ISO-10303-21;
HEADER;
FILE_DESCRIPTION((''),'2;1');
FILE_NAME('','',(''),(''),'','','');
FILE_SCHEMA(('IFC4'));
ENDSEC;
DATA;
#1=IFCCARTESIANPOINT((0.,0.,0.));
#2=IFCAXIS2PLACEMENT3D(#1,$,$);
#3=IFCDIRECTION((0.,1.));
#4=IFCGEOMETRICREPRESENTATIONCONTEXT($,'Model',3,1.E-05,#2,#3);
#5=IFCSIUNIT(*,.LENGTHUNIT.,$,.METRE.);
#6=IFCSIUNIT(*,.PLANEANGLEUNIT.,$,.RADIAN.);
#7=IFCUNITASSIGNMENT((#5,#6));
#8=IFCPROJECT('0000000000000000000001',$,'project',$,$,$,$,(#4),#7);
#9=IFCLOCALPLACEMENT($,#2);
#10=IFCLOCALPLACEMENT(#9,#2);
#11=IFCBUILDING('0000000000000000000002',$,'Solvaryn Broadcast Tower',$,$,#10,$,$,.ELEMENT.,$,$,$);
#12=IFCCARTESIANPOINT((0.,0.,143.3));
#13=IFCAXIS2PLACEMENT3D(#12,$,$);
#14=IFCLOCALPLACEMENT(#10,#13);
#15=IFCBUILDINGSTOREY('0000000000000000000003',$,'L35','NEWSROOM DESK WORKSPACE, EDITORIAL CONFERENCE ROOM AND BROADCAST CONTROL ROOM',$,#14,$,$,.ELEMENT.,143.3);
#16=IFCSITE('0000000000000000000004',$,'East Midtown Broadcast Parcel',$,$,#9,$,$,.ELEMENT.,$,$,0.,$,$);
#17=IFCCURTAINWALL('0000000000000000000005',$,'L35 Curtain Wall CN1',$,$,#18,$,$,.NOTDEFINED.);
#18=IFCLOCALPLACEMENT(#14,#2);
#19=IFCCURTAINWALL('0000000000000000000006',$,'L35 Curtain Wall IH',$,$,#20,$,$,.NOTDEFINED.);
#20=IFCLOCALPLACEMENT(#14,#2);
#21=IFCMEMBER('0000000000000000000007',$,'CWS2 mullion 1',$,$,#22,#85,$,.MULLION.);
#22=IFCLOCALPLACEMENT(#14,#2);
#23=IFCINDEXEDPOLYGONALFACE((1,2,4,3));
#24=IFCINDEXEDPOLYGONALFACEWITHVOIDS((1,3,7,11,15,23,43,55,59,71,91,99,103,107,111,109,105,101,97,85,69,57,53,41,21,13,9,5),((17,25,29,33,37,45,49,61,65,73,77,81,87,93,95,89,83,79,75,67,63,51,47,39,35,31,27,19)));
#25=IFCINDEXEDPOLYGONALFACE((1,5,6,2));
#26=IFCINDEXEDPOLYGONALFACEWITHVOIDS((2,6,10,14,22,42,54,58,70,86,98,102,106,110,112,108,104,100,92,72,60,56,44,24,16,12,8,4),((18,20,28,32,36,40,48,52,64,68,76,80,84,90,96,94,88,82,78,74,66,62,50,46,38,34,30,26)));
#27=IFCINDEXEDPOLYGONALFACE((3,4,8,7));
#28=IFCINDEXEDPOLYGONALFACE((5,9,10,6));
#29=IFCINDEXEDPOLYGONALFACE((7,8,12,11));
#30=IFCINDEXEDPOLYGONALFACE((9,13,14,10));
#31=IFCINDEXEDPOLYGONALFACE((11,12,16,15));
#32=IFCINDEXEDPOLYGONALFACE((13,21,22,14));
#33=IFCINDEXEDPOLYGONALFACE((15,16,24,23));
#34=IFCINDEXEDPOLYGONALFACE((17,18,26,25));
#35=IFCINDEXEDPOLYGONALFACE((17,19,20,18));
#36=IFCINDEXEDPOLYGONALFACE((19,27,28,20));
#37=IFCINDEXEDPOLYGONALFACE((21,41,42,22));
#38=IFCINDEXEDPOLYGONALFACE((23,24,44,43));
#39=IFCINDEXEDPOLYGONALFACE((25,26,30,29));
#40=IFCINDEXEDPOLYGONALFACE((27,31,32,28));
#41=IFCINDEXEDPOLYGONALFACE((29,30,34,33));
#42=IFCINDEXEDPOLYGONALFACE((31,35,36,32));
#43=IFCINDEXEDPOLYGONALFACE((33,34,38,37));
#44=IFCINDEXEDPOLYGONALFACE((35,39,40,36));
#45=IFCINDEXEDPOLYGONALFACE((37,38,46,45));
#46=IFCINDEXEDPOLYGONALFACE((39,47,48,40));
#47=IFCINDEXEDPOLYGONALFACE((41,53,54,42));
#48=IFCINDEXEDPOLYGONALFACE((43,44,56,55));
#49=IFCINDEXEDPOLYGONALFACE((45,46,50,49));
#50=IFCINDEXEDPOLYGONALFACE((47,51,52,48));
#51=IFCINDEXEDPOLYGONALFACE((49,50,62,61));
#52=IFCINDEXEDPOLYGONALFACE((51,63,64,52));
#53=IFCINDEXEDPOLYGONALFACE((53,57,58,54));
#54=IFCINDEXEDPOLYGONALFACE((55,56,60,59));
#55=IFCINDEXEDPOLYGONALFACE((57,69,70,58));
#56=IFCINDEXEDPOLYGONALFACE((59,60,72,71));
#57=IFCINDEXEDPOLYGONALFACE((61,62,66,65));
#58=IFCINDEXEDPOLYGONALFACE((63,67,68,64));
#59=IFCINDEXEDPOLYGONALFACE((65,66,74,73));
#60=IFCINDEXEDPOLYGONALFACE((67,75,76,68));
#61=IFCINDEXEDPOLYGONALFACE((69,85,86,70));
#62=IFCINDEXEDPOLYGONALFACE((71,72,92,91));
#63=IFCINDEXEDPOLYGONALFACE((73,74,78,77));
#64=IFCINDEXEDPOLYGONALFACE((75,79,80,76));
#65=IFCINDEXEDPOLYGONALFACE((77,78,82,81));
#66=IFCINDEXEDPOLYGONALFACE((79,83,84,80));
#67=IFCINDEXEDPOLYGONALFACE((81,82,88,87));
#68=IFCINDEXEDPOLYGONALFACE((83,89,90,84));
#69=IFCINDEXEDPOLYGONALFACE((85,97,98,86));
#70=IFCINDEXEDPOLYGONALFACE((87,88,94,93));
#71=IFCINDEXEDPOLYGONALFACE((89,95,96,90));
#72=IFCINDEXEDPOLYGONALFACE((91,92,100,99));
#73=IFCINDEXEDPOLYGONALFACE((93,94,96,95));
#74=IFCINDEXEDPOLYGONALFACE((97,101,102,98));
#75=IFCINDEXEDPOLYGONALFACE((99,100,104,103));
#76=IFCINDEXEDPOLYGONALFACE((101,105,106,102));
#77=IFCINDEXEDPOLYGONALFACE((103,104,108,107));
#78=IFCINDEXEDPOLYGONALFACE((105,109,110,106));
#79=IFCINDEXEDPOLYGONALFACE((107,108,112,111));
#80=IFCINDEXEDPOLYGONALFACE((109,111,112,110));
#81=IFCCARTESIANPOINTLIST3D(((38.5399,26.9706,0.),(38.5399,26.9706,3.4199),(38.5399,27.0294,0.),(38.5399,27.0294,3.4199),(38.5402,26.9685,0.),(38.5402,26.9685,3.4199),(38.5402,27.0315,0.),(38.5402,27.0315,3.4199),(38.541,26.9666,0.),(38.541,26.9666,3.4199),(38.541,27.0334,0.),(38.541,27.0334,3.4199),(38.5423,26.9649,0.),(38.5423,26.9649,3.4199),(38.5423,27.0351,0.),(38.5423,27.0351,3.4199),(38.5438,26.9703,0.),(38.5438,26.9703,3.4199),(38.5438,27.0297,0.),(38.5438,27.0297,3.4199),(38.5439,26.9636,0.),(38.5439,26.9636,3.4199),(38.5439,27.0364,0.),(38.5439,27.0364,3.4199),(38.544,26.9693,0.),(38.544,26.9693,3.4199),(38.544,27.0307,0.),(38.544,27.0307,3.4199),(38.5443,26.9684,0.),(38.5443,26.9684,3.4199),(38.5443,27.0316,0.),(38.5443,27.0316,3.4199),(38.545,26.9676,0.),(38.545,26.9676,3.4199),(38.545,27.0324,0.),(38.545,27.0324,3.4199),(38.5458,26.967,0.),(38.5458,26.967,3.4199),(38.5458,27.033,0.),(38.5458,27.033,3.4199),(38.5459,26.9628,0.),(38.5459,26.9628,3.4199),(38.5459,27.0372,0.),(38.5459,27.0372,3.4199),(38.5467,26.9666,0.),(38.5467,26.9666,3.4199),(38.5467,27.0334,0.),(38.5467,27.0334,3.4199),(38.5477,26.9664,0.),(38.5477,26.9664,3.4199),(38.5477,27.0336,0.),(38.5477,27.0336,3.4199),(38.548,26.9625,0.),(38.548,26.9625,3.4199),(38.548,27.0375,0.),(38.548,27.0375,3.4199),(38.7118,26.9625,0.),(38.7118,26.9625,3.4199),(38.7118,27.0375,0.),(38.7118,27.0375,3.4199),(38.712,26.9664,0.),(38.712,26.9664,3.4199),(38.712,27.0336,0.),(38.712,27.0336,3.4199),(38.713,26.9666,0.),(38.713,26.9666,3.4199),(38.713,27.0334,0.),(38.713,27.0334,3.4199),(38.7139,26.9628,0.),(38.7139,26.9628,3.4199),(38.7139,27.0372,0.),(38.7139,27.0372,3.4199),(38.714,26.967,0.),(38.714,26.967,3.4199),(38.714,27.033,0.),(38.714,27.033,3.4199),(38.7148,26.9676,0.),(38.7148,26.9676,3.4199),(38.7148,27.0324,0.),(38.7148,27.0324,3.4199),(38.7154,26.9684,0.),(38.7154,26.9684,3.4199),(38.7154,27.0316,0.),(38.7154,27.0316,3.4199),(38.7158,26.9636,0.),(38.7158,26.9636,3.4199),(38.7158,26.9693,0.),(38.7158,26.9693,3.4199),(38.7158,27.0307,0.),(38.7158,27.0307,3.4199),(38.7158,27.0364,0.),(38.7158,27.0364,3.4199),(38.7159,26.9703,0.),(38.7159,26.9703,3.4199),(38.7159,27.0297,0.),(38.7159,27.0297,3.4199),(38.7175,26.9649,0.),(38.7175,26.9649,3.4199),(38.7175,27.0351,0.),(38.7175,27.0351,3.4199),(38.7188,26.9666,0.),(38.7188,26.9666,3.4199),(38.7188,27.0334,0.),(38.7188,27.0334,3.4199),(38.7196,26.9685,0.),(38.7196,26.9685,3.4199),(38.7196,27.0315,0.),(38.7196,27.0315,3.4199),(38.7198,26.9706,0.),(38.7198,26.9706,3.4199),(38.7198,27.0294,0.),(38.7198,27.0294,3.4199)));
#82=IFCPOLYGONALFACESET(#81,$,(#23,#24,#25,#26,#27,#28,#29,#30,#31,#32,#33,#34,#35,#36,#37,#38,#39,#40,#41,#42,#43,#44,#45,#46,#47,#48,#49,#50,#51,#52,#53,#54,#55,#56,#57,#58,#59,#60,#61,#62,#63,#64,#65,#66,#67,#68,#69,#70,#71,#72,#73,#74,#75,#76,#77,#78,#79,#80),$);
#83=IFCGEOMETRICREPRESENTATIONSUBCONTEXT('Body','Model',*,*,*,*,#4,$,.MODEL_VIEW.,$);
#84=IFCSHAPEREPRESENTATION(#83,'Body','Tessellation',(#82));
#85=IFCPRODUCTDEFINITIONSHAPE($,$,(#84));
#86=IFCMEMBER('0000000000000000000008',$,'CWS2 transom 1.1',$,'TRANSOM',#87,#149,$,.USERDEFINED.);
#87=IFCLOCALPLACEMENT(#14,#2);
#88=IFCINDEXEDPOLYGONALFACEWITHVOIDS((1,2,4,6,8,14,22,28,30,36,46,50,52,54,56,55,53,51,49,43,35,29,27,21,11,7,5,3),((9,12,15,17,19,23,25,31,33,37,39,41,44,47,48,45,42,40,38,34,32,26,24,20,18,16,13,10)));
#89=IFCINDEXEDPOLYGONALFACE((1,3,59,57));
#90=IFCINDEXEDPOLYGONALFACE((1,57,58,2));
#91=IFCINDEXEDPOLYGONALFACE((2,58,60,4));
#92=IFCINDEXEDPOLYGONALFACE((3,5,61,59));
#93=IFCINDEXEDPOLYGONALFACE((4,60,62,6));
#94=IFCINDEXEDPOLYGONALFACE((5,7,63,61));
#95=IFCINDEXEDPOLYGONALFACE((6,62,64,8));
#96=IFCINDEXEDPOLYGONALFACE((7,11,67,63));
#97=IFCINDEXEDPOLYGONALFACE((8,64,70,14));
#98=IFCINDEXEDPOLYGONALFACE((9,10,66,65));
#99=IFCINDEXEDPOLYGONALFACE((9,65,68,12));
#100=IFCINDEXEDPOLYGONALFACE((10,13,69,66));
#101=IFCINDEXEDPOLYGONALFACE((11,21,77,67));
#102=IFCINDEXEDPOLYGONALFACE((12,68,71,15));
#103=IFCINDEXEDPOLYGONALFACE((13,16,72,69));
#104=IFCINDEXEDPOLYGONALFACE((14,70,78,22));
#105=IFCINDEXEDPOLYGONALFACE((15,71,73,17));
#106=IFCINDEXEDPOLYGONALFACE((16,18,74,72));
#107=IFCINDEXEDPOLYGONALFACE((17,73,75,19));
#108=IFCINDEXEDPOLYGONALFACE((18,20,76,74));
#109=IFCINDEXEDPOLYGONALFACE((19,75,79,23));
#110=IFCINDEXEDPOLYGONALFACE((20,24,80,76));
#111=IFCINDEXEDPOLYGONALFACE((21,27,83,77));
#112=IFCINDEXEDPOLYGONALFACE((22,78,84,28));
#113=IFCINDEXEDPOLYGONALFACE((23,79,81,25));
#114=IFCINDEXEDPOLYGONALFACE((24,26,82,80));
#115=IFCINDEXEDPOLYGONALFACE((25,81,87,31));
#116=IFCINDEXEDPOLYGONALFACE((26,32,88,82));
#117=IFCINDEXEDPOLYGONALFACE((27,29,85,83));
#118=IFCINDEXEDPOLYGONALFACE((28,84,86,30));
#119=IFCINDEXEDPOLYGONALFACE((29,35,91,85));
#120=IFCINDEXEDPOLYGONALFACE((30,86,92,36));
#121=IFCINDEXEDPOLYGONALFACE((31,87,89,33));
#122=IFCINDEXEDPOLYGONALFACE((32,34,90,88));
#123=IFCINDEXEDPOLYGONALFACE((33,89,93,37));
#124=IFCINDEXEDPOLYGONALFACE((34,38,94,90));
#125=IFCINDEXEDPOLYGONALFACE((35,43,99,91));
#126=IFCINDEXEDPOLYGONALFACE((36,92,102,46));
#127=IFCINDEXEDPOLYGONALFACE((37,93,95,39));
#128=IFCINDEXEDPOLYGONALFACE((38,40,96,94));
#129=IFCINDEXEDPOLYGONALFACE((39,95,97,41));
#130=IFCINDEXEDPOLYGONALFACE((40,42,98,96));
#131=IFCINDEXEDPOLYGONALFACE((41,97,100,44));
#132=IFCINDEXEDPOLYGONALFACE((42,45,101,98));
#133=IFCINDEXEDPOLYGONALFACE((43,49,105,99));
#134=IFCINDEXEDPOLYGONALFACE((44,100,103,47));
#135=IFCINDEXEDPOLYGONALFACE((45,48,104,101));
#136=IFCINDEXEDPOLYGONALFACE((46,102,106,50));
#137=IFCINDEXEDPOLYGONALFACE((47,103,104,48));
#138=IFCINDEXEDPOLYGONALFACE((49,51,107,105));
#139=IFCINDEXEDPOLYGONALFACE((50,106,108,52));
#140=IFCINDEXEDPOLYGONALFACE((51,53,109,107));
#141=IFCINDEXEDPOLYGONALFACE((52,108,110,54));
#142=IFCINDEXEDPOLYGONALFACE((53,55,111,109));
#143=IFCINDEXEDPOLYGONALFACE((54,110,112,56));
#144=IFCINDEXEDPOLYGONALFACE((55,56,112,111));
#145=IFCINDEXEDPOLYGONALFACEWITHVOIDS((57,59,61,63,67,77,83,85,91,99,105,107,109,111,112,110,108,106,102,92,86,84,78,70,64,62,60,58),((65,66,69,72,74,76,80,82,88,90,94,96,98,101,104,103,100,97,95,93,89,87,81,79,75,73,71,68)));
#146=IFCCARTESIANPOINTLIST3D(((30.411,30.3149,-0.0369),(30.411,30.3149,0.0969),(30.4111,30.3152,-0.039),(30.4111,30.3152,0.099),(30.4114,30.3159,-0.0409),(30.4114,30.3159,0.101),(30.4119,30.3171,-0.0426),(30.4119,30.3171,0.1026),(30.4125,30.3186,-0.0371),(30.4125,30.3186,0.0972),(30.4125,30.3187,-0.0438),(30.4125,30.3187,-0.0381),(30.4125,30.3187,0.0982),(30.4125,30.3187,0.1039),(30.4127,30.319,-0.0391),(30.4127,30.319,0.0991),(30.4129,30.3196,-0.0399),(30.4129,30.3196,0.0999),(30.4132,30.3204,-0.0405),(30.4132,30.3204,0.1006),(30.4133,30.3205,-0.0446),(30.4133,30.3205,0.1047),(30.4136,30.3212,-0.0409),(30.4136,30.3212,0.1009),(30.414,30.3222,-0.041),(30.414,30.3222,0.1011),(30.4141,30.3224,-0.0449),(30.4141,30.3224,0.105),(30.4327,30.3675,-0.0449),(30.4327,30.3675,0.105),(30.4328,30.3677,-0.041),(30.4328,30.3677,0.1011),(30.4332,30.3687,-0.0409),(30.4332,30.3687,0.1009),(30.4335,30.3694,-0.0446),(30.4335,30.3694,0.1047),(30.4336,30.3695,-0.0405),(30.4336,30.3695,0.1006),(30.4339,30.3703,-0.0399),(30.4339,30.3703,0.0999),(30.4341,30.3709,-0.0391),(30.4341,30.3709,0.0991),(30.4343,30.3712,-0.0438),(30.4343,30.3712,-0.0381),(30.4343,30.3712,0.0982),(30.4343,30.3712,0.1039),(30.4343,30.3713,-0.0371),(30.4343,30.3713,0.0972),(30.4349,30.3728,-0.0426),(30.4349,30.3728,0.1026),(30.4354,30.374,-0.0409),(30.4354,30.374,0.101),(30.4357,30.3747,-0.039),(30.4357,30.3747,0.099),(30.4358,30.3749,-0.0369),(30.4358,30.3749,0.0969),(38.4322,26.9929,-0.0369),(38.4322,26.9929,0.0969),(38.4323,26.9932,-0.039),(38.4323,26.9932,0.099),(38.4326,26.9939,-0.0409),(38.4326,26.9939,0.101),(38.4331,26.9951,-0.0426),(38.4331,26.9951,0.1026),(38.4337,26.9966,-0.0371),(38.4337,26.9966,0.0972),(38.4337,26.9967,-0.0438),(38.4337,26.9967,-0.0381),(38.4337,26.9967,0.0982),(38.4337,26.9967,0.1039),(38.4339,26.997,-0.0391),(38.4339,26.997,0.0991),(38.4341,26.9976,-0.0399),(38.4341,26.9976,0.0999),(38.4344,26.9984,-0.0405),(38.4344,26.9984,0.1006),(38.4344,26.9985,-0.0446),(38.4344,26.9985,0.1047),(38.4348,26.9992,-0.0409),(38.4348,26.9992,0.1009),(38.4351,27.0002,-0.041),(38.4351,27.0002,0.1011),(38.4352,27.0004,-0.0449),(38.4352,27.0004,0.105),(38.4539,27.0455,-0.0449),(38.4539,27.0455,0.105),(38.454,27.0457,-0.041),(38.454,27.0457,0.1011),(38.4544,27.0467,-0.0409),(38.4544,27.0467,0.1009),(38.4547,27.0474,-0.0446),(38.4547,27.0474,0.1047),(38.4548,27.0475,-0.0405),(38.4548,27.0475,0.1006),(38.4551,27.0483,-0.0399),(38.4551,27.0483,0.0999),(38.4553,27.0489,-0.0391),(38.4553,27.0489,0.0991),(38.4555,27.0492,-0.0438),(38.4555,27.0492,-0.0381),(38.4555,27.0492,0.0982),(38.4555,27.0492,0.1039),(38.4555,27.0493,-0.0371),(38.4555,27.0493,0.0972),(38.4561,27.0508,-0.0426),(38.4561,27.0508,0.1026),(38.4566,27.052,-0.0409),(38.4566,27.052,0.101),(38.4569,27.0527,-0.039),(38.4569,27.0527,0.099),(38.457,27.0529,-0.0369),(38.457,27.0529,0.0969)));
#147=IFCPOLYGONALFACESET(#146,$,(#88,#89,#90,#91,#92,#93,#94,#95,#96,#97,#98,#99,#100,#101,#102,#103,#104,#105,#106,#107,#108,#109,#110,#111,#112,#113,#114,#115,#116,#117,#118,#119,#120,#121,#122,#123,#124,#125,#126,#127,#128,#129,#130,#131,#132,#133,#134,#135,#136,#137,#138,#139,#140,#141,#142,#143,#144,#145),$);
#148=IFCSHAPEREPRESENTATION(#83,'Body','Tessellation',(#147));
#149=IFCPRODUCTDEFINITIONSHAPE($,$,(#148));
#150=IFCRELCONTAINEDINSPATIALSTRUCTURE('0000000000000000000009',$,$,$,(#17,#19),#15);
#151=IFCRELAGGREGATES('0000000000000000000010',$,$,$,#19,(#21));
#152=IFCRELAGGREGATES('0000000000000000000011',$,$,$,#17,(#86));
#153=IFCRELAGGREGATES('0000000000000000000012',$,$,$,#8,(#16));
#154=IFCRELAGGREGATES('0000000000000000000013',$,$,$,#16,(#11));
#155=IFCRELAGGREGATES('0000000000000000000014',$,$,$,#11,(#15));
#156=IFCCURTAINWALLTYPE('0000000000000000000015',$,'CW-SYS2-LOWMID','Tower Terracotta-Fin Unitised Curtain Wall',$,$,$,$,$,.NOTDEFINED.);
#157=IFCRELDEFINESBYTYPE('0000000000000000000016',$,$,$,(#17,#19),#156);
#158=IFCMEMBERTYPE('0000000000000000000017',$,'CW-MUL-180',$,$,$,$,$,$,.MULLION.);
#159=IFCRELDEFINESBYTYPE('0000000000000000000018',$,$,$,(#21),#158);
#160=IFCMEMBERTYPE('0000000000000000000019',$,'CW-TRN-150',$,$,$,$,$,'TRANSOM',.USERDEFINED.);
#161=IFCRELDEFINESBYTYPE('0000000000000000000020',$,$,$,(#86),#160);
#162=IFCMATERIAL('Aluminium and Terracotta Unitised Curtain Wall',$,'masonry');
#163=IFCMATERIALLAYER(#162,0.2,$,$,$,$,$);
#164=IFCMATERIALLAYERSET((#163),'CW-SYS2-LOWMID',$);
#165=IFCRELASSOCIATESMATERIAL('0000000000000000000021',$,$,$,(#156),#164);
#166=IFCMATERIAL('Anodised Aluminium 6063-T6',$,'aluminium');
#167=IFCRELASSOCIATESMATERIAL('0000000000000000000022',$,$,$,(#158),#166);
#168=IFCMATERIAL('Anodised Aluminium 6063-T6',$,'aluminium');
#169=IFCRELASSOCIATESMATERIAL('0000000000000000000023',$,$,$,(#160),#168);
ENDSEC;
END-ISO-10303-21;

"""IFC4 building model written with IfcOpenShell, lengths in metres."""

from ifc_helpers import new_model, si_unit, direction, frame, origin, origin_2d, place, context, subcontext, project, spatial, hollow_rectangle, extrude, material, layer, layer_set, material_profile, profile_set, type_object, element, aggregate, save


model = new_model("IFC4")

# Units and contexts
model_context = context("Model", 3, precision=1e-05, world=origin(), true_north=direction((0.0, 1.0)))
body_context = subcontext(model_context, "Body", "Model", "MODEL_VIEW")
ifc_project = project(units=[si_unit("LENGTHUNIT", "METRE"), si_unit("PLANEANGLEUNIT", "RADIAN")], contexts=[model_context])

# Site, building, storey
site_placement = place(None, origin())
site = spatial("IfcSite", under=ifc_project, at=site_placement, Name="East Midtown Broadcast Parcel", CompositionType="ELEMENT", RefElevation=0.0)
building_placement = place(site_placement, origin())
building = spatial("IfcBuilding", under=site, at=building_placement, Name="Solvaryn Broadcast Tower", CompositionType="ELEMENT")
storey_placement = place(building_placement, frame((0.0, 0.0, 143.3)))
storey = spatial("IfcBuildingStorey", under=building, at=storey_placement, Name="L35", Description="NEWSROOM DESK WORKSPACE, EDITORIAL CONFERENCE ROOM AND BROADCAST CONTROL ROOM", CompositionType="ELEMENT", Elevation=143.3)

# Curtain walls, member
ifc_material_1 = material(Name="Aluminium and Terracotta Unitised Curtain Wall", Category="masonry")
ifc_layer_1 = layer(ifc_material_1, 0.2)
ifc_layer_set_1 = layer_set([ifc_layer_1], Name="CW-SYS2-LOWMID")
curtain_wall_type = type_object("IfcCurtainWallType", Name="CW-SYS2-LOWMID", Description="Tower Terracotta-Fin Unitised Curtain Wall", PredefinedType="NOTDEFINED", material=ifc_layer_set_1)
curtain_wall_1_placement = place(storey_placement, origin())
curtain_wall_1 = element("IfcCurtainWall", 1, at=curtain_wall_1_placement, inside=storey, type_object=curtain_wall_type, Name="L35 Curtain Wall CN1", PredefinedType="NOTDEFINED")
ifc_material_2 = material(Name="Anodised Aluminium 6063-T6", Category="aluminium")
ifc_material_profile_1 = material_profile(ifc_material_2, hollow_rectangle(XDim=0.075, YDim=0.1799, WallThickness=0.0039, InnerFilletRadius=0.0039, OuterFilletRadius=0.0081, at=origin_2d()))
ifc_profile_set_1 = profile_set([ifc_material_profile_1], Name="Anodised Aluminium 6063-T6")
member_type_1 = type_object("IfcMemberType", Name="CW-MUL-180", PredefinedType="MULLION", material=ifc_profile_set_1)
curtain_wall_2_placement = place(storey_placement, origin())
curtain_wall_2 = element("IfcCurtainWall", 2, at=curtain_wall_2_placement, inside=storey, type_object=curtain_wall_type, Name="L35 Curtain Wall IH", PredefinedType="NOTDEFINED")
member_1_placement = place(storey_placement, frame((38.6299, 27.0, 0.0), z_axis=(0.0, 0.0, 1.0), x_axis=(0.0, 1.0, 0.0)))
member_1 = element("IfcMember", 3, at=member_1_placement, type_object=member_type_1, Name="CWS2 mullion 1", PredefinedType="MULLION", context=body_context, shape_type="SweptSolid", body=[
    extrude(hollow_rectangle(XDim=0.075, YDim=0.1799, WallThickness=0.0039, InnerFilletRadius=0.0039, OuterFilletRadius=0.0081, at=origin_2d()), origin(), (0.0, 0.0, 1.0), 3.4199),
])
aggregate(curtain_wall_2, [member_1])

# Member
ifc_material_3 = material(Name="Anodised Aluminium 6063-T6", Category="aluminium")
ifc_material_profile_2 = material_profile(ifc_material_3, hollow_rectangle(XDim=0.0649, YDim=0.1499, WallThickness=0.0039, InnerFilletRadius=0.0039, OuterFilletRadius=0.0081, at=origin_2d()))
ifc_profile_set_2 = profile_set([ifc_material_profile_2], Name="Anodised Aluminium 6063-T6")
member_type_2 = type_object("IfcMemberType", Name="CW-TRN-150", ElementType="TRANSOM", PredefinedType="USERDEFINED", material=ifc_profile_set_2)
member_2_placement = place(storey_placement, frame((38.4446, 27.0229, 0.03), z_axis=(-0.923899, 0.382636, 0.0), x_axis=(-0.382636, -0.923899, 0.0)))
member_2 = element("IfcMember", 4, at=member_2_placement, type_object=member_type_2, Name="CWS2 transom 1.1", ObjectType="TRANSOM", PredefinedType="USERDEFINED", context=body_context, shape_type="SweptSolid", body=[
    extrude(hollow_rectangle(XDim=0.0649, YDim=0.1499, WallThickness=0.0039, InnerFilletRadius=0.0039, OuterFilletRadius=0.0081, at=origin_2d()), origin(), (0.0, 0.0, 1.0), 8.6819),
])
aggregate(curtain_wall_1, [member_2])

save(model, "model.ifc")
